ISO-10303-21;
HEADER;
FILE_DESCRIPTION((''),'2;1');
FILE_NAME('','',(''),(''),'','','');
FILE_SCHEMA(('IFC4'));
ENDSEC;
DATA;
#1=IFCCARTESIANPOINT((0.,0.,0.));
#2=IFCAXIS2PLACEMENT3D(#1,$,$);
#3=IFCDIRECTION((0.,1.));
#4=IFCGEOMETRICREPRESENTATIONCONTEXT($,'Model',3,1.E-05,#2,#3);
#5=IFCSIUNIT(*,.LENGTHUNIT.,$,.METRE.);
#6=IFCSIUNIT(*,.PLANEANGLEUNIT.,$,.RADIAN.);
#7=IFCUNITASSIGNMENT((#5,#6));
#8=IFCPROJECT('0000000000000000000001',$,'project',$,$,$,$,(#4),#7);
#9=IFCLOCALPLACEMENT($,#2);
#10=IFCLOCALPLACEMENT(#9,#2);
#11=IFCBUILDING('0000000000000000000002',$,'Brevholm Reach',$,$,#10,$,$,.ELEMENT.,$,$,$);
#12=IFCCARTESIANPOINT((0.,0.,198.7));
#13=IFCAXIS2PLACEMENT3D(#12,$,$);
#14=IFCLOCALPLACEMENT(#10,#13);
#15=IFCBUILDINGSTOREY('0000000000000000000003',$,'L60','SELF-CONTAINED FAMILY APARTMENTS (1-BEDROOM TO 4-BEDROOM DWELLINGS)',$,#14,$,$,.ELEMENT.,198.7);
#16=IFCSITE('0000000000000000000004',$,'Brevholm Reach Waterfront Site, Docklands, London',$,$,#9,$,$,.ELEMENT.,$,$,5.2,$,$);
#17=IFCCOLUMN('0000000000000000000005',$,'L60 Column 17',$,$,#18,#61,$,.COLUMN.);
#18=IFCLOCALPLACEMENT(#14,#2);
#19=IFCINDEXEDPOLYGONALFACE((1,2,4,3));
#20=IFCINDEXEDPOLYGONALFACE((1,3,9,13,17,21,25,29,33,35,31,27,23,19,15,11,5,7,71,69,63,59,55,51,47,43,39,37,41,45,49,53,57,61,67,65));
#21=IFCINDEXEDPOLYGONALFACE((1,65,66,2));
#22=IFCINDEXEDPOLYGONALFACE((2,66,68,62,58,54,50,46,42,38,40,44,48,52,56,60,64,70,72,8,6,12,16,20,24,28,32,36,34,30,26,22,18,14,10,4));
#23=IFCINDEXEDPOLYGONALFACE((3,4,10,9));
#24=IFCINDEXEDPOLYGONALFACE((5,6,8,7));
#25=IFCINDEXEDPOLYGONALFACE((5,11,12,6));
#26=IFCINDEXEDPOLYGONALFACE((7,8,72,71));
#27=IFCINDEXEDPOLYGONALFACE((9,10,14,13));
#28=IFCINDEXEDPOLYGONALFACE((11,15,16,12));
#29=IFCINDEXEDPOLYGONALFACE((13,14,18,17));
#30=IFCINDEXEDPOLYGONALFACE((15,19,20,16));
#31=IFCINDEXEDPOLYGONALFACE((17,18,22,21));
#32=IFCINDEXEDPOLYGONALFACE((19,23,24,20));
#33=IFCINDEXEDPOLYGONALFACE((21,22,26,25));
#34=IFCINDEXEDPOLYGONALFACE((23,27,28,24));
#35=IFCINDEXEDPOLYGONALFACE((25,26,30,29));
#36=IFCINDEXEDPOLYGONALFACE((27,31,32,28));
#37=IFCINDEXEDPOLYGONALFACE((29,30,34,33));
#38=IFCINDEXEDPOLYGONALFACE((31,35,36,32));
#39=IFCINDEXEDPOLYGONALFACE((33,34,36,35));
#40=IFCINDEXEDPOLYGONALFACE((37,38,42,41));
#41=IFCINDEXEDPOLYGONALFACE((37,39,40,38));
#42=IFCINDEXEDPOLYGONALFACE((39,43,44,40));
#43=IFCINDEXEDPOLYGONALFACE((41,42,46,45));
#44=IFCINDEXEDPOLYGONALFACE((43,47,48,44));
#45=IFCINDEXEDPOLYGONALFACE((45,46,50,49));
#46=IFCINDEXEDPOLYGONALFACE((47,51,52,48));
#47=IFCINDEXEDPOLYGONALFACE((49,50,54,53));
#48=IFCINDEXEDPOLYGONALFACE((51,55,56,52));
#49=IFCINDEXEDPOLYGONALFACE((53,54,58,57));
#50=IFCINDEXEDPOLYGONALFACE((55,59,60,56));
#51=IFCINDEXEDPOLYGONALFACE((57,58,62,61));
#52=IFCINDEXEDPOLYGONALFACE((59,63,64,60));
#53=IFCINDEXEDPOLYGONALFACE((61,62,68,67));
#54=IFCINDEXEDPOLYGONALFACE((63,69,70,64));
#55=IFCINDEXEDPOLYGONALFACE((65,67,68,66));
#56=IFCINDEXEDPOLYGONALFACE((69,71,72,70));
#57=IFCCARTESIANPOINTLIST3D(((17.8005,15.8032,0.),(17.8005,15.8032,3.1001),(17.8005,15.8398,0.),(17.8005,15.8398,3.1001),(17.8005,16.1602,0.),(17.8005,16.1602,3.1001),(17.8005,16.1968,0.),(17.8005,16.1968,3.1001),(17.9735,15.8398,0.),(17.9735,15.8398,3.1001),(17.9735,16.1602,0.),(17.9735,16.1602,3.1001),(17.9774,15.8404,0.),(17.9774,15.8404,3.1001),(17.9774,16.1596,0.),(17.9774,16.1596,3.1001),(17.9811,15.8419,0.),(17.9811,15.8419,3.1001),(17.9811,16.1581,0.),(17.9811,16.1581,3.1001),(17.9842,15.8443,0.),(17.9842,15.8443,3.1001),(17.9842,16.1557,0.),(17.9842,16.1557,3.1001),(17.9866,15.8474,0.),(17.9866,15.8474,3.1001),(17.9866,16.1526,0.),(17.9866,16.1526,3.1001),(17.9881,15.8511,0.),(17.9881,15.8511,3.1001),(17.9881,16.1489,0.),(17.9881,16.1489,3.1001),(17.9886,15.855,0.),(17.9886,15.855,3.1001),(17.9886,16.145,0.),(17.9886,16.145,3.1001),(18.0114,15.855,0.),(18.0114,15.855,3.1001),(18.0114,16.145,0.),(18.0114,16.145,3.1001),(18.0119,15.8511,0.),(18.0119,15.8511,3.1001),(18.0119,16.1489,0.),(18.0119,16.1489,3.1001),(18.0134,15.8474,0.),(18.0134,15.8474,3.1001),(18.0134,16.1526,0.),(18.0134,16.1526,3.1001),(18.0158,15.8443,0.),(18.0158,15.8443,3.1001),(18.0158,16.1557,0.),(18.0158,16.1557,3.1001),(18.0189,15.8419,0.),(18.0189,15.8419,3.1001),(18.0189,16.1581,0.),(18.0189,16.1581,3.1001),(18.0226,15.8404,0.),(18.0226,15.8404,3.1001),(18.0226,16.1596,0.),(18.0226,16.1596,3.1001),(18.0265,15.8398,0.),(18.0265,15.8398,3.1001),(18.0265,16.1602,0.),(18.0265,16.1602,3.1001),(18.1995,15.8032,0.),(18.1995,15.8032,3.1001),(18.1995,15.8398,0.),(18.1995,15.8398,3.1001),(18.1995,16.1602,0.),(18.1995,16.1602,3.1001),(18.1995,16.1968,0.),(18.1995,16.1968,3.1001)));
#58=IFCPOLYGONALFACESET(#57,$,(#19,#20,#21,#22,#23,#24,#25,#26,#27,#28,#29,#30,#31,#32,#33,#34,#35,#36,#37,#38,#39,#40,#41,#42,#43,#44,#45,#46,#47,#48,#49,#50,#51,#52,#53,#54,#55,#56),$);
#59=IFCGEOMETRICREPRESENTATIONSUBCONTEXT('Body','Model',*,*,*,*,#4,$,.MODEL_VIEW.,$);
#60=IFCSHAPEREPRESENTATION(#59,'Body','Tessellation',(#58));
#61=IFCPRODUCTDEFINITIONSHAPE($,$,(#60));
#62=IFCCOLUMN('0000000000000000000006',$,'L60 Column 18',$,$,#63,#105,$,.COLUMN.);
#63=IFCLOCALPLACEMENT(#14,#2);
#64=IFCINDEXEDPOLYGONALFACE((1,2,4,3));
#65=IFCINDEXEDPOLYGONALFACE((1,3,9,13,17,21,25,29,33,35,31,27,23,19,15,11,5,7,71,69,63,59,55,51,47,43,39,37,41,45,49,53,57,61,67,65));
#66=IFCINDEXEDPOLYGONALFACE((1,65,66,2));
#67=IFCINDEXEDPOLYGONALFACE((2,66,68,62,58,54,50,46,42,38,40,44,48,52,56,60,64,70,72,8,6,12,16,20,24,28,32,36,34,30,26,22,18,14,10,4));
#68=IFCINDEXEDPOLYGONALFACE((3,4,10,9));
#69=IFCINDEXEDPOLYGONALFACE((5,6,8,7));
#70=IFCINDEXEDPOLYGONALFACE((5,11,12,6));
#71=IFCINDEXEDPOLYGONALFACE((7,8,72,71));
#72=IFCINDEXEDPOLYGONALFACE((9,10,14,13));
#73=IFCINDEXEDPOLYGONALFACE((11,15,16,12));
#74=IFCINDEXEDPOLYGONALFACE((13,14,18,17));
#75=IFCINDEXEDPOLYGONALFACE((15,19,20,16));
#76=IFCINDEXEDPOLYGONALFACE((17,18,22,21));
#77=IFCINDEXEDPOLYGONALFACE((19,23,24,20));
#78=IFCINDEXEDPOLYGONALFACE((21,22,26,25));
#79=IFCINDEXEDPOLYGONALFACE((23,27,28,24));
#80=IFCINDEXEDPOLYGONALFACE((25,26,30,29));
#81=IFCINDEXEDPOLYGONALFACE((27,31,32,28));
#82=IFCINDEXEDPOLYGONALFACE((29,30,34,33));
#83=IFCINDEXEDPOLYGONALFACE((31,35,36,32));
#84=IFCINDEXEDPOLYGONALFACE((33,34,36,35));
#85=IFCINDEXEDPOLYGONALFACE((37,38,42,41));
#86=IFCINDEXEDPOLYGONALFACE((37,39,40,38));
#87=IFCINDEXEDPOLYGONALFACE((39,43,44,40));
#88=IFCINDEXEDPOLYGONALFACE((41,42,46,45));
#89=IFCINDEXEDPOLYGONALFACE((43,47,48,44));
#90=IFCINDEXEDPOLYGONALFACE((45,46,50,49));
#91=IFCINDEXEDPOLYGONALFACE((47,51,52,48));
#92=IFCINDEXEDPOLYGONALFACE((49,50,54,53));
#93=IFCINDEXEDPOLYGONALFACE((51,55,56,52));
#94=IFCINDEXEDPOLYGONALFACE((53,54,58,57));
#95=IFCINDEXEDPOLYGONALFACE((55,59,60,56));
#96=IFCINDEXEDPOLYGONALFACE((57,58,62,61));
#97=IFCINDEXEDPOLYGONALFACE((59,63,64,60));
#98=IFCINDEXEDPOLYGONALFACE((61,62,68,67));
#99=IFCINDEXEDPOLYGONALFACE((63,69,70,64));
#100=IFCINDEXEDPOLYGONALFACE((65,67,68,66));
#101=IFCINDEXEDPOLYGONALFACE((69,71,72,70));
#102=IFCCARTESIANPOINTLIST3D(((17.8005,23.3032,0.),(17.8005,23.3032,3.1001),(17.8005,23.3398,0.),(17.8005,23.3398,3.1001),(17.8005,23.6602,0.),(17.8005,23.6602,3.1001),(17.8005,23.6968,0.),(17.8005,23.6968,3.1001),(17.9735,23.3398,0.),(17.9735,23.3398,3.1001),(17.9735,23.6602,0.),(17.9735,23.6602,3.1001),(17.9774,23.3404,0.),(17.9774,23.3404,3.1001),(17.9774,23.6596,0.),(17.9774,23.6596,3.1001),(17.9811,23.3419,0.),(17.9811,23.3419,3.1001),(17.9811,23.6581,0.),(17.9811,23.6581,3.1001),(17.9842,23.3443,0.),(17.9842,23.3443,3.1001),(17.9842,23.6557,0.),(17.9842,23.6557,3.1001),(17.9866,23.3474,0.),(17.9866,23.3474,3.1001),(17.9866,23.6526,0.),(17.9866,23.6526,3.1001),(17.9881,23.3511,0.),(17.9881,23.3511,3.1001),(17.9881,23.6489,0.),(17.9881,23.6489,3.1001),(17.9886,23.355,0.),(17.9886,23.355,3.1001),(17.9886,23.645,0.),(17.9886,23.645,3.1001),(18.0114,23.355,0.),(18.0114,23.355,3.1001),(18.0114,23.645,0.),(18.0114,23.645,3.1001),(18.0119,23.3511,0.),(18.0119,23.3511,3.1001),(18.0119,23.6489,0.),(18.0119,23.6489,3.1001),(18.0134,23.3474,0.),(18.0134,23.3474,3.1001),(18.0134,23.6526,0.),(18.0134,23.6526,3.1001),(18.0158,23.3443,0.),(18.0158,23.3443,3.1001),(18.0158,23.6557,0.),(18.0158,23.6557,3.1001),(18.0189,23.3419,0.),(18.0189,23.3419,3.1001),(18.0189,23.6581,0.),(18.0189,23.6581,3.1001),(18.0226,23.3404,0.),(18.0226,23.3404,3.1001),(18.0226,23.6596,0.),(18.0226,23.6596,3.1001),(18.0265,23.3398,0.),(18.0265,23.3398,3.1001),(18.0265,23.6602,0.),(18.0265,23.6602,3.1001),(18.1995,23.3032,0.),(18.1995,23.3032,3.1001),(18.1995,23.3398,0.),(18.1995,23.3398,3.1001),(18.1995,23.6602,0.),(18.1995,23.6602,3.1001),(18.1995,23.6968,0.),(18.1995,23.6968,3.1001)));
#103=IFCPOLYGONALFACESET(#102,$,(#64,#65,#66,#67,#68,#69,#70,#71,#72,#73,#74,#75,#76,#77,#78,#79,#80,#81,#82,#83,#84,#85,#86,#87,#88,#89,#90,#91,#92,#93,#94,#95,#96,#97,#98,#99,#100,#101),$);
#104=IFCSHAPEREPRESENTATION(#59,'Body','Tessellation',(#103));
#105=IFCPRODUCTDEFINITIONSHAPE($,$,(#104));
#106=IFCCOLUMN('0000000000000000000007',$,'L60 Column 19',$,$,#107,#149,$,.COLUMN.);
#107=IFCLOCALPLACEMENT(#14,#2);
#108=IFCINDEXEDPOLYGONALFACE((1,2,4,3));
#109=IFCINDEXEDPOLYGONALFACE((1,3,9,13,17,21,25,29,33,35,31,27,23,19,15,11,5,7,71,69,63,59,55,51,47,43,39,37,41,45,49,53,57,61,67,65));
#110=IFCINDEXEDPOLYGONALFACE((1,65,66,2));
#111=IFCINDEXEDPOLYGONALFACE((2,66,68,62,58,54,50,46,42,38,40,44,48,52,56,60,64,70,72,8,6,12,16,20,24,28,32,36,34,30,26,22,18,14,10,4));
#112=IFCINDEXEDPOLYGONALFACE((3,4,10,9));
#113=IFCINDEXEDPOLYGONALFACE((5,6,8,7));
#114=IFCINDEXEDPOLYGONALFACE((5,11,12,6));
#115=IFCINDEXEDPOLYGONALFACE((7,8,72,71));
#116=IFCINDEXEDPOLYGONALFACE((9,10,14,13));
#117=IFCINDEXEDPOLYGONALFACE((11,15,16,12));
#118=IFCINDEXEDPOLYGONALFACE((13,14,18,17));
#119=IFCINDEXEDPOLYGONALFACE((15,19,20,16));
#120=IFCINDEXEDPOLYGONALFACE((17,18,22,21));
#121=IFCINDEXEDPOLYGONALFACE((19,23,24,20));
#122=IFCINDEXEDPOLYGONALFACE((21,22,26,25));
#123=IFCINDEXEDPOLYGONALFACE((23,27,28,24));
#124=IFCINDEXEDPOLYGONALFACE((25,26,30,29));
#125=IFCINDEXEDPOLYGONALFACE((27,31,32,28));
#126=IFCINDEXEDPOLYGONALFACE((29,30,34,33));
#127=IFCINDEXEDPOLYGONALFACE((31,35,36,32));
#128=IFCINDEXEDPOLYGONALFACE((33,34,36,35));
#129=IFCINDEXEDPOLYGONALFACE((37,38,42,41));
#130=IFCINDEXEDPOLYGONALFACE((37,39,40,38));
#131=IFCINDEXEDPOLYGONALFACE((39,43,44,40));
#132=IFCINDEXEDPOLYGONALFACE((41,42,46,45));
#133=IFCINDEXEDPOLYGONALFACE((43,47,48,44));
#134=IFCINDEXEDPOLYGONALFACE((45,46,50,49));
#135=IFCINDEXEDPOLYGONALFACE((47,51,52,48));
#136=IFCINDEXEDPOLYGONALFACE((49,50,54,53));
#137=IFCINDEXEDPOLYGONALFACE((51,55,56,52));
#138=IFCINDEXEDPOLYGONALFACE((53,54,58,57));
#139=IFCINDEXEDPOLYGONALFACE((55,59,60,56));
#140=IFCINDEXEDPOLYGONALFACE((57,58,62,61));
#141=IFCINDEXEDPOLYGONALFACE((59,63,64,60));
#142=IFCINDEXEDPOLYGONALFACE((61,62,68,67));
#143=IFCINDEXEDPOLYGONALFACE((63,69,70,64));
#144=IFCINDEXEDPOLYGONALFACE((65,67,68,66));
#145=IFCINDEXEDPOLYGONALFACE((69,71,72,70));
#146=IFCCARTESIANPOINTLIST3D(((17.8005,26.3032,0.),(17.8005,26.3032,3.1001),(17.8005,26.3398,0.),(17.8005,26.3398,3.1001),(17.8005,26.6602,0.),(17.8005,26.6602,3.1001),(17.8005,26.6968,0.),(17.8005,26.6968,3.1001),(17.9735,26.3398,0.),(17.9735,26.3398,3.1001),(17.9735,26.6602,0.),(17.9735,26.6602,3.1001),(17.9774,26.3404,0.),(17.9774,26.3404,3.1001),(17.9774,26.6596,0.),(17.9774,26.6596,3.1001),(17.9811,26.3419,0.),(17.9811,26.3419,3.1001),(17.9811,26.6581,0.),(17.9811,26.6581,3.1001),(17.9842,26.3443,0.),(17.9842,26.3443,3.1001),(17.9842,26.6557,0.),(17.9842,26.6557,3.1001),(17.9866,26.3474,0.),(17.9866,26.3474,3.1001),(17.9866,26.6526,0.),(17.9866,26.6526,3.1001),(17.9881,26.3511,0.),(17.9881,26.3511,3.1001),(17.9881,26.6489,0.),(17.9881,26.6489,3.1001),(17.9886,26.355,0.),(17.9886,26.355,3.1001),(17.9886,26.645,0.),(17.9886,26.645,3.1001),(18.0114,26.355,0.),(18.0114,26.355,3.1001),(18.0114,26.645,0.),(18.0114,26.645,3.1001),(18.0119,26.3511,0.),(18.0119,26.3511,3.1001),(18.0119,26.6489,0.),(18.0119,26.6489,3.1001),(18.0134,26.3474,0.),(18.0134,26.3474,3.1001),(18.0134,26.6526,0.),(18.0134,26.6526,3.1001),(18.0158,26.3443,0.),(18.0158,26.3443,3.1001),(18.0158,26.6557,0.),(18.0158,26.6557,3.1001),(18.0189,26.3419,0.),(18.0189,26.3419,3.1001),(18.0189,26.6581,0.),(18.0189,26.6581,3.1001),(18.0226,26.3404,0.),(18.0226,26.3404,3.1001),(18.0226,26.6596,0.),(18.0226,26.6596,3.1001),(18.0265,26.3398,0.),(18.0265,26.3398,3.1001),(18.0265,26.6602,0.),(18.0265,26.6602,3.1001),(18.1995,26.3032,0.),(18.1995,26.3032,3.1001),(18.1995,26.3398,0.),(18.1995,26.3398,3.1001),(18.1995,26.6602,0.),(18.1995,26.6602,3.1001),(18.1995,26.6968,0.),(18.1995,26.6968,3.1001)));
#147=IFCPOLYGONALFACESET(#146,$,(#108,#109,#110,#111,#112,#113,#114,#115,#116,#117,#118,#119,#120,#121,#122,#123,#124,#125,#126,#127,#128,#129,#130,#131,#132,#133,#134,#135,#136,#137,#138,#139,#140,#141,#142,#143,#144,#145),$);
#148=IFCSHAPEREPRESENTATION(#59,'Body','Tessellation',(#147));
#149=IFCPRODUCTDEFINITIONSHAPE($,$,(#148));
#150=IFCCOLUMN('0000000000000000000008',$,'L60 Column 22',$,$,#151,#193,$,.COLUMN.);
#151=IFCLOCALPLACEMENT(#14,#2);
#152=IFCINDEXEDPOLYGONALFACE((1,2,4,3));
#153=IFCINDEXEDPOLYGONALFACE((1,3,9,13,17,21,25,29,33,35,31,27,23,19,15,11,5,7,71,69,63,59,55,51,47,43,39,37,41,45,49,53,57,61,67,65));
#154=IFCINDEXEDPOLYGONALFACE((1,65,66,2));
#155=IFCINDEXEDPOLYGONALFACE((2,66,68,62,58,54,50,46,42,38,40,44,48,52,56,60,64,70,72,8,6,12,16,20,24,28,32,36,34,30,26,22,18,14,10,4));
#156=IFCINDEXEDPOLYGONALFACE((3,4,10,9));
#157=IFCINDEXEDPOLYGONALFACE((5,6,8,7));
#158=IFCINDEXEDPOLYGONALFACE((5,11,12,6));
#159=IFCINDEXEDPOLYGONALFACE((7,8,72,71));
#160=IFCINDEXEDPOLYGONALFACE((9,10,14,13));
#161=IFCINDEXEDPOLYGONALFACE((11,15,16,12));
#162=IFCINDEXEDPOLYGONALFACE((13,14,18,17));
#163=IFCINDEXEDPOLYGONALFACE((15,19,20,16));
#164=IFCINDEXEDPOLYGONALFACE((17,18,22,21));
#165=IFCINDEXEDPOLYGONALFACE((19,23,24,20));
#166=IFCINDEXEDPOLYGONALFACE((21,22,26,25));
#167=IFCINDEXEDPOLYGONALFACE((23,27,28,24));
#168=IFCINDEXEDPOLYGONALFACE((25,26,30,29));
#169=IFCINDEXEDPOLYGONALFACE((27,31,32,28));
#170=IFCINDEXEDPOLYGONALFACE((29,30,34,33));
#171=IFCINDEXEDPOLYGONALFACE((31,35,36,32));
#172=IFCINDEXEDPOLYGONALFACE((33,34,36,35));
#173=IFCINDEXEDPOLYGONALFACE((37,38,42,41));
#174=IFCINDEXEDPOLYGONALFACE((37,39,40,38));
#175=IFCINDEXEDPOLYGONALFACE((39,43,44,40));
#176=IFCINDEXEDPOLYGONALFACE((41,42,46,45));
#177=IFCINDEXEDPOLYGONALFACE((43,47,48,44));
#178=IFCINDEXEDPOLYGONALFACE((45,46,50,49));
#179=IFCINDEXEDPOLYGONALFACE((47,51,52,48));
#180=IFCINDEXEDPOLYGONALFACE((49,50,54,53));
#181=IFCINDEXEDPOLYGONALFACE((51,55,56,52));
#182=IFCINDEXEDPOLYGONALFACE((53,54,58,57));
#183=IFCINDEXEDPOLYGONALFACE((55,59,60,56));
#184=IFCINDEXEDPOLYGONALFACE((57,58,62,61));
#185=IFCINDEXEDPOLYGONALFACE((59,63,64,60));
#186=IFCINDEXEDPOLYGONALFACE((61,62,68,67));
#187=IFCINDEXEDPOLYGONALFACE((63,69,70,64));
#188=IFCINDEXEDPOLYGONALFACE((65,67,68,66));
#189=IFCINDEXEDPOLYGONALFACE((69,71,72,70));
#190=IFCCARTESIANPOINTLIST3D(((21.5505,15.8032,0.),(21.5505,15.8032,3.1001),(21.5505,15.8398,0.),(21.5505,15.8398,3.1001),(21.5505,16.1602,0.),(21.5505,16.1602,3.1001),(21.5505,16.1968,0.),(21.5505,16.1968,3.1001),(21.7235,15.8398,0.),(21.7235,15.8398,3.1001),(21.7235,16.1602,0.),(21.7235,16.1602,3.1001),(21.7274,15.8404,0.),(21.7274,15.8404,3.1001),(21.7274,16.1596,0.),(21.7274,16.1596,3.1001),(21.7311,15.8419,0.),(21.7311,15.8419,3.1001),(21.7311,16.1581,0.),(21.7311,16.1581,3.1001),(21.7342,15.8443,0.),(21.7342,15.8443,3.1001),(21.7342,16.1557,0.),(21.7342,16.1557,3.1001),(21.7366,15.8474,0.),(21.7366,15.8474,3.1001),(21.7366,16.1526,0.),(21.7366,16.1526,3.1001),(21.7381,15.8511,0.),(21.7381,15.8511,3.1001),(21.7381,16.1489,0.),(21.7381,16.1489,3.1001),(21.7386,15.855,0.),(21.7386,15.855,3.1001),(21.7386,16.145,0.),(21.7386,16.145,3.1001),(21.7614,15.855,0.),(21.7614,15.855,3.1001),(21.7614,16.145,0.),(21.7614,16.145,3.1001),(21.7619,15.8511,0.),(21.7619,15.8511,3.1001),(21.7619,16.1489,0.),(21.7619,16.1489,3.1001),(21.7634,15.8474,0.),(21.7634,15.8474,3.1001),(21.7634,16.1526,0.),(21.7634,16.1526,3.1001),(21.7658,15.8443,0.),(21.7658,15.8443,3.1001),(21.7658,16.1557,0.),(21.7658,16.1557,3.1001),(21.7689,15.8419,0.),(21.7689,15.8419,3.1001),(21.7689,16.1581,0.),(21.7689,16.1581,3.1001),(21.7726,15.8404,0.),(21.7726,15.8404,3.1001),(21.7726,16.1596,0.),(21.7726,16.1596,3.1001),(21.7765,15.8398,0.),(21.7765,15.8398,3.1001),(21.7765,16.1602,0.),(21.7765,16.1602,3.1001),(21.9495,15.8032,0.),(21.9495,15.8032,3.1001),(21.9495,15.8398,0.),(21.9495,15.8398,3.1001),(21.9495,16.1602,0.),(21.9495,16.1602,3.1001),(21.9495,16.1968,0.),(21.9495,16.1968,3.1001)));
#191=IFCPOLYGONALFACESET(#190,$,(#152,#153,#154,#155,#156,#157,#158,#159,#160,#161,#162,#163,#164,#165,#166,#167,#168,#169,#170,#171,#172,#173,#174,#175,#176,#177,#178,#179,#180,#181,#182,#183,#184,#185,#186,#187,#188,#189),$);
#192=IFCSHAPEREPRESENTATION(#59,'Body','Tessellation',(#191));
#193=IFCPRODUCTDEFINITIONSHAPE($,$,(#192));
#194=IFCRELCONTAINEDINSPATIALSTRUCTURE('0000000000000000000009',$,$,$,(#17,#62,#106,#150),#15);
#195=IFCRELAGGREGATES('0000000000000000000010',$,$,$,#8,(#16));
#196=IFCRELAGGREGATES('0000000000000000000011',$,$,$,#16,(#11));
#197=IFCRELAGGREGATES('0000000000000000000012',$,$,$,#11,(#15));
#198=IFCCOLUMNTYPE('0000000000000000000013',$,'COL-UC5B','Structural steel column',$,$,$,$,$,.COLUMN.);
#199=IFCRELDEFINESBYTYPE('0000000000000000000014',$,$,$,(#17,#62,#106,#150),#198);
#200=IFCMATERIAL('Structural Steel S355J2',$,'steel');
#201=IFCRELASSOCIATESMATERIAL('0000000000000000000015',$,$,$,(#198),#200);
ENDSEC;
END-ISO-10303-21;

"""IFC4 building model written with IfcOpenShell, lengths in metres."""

from ifc_helpers import new_model, si_unit, direction, frame, origin, origin_2d, place, context, subcontext, project, spatial, i_section, extrude, material, material_profile, profile_set, type_object, element, save


model = new_model("IFC4")

# Units and contexts
model_context = context("Model", 3, precision=1e-05, world=origin(), true_north=direction((0.0, 1.0)))
body_context = subcontext(model_context, "Body", "Model", "MODEL_VIEW")
ifc_project = project(units=[si_unit("LENGTHUNIT", "METRE"), si_unit("PLANEANGLEUNIT", "RADIAN")], contexts=[model_context])

# Site, building, storey
site_placement = place(None, origin())
site = spatial("IfcSite", under=ifc_project, at=site_placement, Name="Brevholm Reach Waterfront Site, Docklands, London", CompositionType="ELEMENT", RefElevation=5.2)
building_placement = place(site_placement, origin())
building = spatial("IfcBuilding", under=site, at=building_placement, Name="Brevholm Reach", CompositionType="ELEMENT")
storey_placement = place(building_placement, frame((0.0, 0.0, 198.7)))
storey = spatial("IfcBuildingStorey", under=building, at=storey_placement, Name="L60", Description="SELF-CONTAINED FAMILY APARTMENTS (1-BEDROOM TO 4-BEDROOM DWELLINGS)", CompositionType="ELEMENT", Elevation=198.7)

# Columns
ifc_material_1 = material(Name="Structural Steel S355J2", Category="steel")
ifc_material_profile_1 = material_profile(ifc_material_1, i_section(OverallWidth=0.3989, OverallDepth=0.3936, WebThickness=0.0227, FlangeThickness=0.0366, FilletRadius=0.0151, at=origin_2d()), Name="UKC 356x406x287")
ifc_profile_set_1 = profile_set([ifc_material_profile_1], Name="Structural Steel S355J2")
column_type = type_object("IfcColumnType", Name="COL-UC5B", Description="Structural steel column", PredefinedType="COLUMN", material=ifc_profile_set_1)
for number, where, z_axis, x_axis, name in (
    (1, (18.0, 16.0, 0.0), (0.0, 0.0, 1.0), (1.0, 0.0, 0.0), "L60 Column 17"),
    (2, (18.0, 23.5, 0.0), (0.0, 0.0, 1.0), (1.0, 0.0, 0.0), "L60 Column 18"),
    (3, (18.0, 26.5, 0.0), (0.0, 0.0, 1.0), (1.0, 0.0, 0.0), "L60 Column 19"),
    (4, (21.75, 16.0, 0.0), (0.0, 0.0, 1.0), (1.0, 0.0, 0.0), "L60 Column 22"),
):
    element("IfcColumn", number, at=place(storey_placement, frame(where, z_axis=z_axis, x_axis=x_axis)), inside=storey, type_object=column_type, Name=name, PredefinedType="COLUMN", context=body_context, shape_type="SweptSolid", body=[
        extrude(i_section(OverallWidth=0.3989, OverallDepth=0.3936, WebThickness=0.0227, FlangeThickness=0.0366, FilletRadius=0.0151, at=origin_2d()), origin(), (0.0, 0.0, 1.0), 3.1001),
    ])

save(model, "model.ifc")
